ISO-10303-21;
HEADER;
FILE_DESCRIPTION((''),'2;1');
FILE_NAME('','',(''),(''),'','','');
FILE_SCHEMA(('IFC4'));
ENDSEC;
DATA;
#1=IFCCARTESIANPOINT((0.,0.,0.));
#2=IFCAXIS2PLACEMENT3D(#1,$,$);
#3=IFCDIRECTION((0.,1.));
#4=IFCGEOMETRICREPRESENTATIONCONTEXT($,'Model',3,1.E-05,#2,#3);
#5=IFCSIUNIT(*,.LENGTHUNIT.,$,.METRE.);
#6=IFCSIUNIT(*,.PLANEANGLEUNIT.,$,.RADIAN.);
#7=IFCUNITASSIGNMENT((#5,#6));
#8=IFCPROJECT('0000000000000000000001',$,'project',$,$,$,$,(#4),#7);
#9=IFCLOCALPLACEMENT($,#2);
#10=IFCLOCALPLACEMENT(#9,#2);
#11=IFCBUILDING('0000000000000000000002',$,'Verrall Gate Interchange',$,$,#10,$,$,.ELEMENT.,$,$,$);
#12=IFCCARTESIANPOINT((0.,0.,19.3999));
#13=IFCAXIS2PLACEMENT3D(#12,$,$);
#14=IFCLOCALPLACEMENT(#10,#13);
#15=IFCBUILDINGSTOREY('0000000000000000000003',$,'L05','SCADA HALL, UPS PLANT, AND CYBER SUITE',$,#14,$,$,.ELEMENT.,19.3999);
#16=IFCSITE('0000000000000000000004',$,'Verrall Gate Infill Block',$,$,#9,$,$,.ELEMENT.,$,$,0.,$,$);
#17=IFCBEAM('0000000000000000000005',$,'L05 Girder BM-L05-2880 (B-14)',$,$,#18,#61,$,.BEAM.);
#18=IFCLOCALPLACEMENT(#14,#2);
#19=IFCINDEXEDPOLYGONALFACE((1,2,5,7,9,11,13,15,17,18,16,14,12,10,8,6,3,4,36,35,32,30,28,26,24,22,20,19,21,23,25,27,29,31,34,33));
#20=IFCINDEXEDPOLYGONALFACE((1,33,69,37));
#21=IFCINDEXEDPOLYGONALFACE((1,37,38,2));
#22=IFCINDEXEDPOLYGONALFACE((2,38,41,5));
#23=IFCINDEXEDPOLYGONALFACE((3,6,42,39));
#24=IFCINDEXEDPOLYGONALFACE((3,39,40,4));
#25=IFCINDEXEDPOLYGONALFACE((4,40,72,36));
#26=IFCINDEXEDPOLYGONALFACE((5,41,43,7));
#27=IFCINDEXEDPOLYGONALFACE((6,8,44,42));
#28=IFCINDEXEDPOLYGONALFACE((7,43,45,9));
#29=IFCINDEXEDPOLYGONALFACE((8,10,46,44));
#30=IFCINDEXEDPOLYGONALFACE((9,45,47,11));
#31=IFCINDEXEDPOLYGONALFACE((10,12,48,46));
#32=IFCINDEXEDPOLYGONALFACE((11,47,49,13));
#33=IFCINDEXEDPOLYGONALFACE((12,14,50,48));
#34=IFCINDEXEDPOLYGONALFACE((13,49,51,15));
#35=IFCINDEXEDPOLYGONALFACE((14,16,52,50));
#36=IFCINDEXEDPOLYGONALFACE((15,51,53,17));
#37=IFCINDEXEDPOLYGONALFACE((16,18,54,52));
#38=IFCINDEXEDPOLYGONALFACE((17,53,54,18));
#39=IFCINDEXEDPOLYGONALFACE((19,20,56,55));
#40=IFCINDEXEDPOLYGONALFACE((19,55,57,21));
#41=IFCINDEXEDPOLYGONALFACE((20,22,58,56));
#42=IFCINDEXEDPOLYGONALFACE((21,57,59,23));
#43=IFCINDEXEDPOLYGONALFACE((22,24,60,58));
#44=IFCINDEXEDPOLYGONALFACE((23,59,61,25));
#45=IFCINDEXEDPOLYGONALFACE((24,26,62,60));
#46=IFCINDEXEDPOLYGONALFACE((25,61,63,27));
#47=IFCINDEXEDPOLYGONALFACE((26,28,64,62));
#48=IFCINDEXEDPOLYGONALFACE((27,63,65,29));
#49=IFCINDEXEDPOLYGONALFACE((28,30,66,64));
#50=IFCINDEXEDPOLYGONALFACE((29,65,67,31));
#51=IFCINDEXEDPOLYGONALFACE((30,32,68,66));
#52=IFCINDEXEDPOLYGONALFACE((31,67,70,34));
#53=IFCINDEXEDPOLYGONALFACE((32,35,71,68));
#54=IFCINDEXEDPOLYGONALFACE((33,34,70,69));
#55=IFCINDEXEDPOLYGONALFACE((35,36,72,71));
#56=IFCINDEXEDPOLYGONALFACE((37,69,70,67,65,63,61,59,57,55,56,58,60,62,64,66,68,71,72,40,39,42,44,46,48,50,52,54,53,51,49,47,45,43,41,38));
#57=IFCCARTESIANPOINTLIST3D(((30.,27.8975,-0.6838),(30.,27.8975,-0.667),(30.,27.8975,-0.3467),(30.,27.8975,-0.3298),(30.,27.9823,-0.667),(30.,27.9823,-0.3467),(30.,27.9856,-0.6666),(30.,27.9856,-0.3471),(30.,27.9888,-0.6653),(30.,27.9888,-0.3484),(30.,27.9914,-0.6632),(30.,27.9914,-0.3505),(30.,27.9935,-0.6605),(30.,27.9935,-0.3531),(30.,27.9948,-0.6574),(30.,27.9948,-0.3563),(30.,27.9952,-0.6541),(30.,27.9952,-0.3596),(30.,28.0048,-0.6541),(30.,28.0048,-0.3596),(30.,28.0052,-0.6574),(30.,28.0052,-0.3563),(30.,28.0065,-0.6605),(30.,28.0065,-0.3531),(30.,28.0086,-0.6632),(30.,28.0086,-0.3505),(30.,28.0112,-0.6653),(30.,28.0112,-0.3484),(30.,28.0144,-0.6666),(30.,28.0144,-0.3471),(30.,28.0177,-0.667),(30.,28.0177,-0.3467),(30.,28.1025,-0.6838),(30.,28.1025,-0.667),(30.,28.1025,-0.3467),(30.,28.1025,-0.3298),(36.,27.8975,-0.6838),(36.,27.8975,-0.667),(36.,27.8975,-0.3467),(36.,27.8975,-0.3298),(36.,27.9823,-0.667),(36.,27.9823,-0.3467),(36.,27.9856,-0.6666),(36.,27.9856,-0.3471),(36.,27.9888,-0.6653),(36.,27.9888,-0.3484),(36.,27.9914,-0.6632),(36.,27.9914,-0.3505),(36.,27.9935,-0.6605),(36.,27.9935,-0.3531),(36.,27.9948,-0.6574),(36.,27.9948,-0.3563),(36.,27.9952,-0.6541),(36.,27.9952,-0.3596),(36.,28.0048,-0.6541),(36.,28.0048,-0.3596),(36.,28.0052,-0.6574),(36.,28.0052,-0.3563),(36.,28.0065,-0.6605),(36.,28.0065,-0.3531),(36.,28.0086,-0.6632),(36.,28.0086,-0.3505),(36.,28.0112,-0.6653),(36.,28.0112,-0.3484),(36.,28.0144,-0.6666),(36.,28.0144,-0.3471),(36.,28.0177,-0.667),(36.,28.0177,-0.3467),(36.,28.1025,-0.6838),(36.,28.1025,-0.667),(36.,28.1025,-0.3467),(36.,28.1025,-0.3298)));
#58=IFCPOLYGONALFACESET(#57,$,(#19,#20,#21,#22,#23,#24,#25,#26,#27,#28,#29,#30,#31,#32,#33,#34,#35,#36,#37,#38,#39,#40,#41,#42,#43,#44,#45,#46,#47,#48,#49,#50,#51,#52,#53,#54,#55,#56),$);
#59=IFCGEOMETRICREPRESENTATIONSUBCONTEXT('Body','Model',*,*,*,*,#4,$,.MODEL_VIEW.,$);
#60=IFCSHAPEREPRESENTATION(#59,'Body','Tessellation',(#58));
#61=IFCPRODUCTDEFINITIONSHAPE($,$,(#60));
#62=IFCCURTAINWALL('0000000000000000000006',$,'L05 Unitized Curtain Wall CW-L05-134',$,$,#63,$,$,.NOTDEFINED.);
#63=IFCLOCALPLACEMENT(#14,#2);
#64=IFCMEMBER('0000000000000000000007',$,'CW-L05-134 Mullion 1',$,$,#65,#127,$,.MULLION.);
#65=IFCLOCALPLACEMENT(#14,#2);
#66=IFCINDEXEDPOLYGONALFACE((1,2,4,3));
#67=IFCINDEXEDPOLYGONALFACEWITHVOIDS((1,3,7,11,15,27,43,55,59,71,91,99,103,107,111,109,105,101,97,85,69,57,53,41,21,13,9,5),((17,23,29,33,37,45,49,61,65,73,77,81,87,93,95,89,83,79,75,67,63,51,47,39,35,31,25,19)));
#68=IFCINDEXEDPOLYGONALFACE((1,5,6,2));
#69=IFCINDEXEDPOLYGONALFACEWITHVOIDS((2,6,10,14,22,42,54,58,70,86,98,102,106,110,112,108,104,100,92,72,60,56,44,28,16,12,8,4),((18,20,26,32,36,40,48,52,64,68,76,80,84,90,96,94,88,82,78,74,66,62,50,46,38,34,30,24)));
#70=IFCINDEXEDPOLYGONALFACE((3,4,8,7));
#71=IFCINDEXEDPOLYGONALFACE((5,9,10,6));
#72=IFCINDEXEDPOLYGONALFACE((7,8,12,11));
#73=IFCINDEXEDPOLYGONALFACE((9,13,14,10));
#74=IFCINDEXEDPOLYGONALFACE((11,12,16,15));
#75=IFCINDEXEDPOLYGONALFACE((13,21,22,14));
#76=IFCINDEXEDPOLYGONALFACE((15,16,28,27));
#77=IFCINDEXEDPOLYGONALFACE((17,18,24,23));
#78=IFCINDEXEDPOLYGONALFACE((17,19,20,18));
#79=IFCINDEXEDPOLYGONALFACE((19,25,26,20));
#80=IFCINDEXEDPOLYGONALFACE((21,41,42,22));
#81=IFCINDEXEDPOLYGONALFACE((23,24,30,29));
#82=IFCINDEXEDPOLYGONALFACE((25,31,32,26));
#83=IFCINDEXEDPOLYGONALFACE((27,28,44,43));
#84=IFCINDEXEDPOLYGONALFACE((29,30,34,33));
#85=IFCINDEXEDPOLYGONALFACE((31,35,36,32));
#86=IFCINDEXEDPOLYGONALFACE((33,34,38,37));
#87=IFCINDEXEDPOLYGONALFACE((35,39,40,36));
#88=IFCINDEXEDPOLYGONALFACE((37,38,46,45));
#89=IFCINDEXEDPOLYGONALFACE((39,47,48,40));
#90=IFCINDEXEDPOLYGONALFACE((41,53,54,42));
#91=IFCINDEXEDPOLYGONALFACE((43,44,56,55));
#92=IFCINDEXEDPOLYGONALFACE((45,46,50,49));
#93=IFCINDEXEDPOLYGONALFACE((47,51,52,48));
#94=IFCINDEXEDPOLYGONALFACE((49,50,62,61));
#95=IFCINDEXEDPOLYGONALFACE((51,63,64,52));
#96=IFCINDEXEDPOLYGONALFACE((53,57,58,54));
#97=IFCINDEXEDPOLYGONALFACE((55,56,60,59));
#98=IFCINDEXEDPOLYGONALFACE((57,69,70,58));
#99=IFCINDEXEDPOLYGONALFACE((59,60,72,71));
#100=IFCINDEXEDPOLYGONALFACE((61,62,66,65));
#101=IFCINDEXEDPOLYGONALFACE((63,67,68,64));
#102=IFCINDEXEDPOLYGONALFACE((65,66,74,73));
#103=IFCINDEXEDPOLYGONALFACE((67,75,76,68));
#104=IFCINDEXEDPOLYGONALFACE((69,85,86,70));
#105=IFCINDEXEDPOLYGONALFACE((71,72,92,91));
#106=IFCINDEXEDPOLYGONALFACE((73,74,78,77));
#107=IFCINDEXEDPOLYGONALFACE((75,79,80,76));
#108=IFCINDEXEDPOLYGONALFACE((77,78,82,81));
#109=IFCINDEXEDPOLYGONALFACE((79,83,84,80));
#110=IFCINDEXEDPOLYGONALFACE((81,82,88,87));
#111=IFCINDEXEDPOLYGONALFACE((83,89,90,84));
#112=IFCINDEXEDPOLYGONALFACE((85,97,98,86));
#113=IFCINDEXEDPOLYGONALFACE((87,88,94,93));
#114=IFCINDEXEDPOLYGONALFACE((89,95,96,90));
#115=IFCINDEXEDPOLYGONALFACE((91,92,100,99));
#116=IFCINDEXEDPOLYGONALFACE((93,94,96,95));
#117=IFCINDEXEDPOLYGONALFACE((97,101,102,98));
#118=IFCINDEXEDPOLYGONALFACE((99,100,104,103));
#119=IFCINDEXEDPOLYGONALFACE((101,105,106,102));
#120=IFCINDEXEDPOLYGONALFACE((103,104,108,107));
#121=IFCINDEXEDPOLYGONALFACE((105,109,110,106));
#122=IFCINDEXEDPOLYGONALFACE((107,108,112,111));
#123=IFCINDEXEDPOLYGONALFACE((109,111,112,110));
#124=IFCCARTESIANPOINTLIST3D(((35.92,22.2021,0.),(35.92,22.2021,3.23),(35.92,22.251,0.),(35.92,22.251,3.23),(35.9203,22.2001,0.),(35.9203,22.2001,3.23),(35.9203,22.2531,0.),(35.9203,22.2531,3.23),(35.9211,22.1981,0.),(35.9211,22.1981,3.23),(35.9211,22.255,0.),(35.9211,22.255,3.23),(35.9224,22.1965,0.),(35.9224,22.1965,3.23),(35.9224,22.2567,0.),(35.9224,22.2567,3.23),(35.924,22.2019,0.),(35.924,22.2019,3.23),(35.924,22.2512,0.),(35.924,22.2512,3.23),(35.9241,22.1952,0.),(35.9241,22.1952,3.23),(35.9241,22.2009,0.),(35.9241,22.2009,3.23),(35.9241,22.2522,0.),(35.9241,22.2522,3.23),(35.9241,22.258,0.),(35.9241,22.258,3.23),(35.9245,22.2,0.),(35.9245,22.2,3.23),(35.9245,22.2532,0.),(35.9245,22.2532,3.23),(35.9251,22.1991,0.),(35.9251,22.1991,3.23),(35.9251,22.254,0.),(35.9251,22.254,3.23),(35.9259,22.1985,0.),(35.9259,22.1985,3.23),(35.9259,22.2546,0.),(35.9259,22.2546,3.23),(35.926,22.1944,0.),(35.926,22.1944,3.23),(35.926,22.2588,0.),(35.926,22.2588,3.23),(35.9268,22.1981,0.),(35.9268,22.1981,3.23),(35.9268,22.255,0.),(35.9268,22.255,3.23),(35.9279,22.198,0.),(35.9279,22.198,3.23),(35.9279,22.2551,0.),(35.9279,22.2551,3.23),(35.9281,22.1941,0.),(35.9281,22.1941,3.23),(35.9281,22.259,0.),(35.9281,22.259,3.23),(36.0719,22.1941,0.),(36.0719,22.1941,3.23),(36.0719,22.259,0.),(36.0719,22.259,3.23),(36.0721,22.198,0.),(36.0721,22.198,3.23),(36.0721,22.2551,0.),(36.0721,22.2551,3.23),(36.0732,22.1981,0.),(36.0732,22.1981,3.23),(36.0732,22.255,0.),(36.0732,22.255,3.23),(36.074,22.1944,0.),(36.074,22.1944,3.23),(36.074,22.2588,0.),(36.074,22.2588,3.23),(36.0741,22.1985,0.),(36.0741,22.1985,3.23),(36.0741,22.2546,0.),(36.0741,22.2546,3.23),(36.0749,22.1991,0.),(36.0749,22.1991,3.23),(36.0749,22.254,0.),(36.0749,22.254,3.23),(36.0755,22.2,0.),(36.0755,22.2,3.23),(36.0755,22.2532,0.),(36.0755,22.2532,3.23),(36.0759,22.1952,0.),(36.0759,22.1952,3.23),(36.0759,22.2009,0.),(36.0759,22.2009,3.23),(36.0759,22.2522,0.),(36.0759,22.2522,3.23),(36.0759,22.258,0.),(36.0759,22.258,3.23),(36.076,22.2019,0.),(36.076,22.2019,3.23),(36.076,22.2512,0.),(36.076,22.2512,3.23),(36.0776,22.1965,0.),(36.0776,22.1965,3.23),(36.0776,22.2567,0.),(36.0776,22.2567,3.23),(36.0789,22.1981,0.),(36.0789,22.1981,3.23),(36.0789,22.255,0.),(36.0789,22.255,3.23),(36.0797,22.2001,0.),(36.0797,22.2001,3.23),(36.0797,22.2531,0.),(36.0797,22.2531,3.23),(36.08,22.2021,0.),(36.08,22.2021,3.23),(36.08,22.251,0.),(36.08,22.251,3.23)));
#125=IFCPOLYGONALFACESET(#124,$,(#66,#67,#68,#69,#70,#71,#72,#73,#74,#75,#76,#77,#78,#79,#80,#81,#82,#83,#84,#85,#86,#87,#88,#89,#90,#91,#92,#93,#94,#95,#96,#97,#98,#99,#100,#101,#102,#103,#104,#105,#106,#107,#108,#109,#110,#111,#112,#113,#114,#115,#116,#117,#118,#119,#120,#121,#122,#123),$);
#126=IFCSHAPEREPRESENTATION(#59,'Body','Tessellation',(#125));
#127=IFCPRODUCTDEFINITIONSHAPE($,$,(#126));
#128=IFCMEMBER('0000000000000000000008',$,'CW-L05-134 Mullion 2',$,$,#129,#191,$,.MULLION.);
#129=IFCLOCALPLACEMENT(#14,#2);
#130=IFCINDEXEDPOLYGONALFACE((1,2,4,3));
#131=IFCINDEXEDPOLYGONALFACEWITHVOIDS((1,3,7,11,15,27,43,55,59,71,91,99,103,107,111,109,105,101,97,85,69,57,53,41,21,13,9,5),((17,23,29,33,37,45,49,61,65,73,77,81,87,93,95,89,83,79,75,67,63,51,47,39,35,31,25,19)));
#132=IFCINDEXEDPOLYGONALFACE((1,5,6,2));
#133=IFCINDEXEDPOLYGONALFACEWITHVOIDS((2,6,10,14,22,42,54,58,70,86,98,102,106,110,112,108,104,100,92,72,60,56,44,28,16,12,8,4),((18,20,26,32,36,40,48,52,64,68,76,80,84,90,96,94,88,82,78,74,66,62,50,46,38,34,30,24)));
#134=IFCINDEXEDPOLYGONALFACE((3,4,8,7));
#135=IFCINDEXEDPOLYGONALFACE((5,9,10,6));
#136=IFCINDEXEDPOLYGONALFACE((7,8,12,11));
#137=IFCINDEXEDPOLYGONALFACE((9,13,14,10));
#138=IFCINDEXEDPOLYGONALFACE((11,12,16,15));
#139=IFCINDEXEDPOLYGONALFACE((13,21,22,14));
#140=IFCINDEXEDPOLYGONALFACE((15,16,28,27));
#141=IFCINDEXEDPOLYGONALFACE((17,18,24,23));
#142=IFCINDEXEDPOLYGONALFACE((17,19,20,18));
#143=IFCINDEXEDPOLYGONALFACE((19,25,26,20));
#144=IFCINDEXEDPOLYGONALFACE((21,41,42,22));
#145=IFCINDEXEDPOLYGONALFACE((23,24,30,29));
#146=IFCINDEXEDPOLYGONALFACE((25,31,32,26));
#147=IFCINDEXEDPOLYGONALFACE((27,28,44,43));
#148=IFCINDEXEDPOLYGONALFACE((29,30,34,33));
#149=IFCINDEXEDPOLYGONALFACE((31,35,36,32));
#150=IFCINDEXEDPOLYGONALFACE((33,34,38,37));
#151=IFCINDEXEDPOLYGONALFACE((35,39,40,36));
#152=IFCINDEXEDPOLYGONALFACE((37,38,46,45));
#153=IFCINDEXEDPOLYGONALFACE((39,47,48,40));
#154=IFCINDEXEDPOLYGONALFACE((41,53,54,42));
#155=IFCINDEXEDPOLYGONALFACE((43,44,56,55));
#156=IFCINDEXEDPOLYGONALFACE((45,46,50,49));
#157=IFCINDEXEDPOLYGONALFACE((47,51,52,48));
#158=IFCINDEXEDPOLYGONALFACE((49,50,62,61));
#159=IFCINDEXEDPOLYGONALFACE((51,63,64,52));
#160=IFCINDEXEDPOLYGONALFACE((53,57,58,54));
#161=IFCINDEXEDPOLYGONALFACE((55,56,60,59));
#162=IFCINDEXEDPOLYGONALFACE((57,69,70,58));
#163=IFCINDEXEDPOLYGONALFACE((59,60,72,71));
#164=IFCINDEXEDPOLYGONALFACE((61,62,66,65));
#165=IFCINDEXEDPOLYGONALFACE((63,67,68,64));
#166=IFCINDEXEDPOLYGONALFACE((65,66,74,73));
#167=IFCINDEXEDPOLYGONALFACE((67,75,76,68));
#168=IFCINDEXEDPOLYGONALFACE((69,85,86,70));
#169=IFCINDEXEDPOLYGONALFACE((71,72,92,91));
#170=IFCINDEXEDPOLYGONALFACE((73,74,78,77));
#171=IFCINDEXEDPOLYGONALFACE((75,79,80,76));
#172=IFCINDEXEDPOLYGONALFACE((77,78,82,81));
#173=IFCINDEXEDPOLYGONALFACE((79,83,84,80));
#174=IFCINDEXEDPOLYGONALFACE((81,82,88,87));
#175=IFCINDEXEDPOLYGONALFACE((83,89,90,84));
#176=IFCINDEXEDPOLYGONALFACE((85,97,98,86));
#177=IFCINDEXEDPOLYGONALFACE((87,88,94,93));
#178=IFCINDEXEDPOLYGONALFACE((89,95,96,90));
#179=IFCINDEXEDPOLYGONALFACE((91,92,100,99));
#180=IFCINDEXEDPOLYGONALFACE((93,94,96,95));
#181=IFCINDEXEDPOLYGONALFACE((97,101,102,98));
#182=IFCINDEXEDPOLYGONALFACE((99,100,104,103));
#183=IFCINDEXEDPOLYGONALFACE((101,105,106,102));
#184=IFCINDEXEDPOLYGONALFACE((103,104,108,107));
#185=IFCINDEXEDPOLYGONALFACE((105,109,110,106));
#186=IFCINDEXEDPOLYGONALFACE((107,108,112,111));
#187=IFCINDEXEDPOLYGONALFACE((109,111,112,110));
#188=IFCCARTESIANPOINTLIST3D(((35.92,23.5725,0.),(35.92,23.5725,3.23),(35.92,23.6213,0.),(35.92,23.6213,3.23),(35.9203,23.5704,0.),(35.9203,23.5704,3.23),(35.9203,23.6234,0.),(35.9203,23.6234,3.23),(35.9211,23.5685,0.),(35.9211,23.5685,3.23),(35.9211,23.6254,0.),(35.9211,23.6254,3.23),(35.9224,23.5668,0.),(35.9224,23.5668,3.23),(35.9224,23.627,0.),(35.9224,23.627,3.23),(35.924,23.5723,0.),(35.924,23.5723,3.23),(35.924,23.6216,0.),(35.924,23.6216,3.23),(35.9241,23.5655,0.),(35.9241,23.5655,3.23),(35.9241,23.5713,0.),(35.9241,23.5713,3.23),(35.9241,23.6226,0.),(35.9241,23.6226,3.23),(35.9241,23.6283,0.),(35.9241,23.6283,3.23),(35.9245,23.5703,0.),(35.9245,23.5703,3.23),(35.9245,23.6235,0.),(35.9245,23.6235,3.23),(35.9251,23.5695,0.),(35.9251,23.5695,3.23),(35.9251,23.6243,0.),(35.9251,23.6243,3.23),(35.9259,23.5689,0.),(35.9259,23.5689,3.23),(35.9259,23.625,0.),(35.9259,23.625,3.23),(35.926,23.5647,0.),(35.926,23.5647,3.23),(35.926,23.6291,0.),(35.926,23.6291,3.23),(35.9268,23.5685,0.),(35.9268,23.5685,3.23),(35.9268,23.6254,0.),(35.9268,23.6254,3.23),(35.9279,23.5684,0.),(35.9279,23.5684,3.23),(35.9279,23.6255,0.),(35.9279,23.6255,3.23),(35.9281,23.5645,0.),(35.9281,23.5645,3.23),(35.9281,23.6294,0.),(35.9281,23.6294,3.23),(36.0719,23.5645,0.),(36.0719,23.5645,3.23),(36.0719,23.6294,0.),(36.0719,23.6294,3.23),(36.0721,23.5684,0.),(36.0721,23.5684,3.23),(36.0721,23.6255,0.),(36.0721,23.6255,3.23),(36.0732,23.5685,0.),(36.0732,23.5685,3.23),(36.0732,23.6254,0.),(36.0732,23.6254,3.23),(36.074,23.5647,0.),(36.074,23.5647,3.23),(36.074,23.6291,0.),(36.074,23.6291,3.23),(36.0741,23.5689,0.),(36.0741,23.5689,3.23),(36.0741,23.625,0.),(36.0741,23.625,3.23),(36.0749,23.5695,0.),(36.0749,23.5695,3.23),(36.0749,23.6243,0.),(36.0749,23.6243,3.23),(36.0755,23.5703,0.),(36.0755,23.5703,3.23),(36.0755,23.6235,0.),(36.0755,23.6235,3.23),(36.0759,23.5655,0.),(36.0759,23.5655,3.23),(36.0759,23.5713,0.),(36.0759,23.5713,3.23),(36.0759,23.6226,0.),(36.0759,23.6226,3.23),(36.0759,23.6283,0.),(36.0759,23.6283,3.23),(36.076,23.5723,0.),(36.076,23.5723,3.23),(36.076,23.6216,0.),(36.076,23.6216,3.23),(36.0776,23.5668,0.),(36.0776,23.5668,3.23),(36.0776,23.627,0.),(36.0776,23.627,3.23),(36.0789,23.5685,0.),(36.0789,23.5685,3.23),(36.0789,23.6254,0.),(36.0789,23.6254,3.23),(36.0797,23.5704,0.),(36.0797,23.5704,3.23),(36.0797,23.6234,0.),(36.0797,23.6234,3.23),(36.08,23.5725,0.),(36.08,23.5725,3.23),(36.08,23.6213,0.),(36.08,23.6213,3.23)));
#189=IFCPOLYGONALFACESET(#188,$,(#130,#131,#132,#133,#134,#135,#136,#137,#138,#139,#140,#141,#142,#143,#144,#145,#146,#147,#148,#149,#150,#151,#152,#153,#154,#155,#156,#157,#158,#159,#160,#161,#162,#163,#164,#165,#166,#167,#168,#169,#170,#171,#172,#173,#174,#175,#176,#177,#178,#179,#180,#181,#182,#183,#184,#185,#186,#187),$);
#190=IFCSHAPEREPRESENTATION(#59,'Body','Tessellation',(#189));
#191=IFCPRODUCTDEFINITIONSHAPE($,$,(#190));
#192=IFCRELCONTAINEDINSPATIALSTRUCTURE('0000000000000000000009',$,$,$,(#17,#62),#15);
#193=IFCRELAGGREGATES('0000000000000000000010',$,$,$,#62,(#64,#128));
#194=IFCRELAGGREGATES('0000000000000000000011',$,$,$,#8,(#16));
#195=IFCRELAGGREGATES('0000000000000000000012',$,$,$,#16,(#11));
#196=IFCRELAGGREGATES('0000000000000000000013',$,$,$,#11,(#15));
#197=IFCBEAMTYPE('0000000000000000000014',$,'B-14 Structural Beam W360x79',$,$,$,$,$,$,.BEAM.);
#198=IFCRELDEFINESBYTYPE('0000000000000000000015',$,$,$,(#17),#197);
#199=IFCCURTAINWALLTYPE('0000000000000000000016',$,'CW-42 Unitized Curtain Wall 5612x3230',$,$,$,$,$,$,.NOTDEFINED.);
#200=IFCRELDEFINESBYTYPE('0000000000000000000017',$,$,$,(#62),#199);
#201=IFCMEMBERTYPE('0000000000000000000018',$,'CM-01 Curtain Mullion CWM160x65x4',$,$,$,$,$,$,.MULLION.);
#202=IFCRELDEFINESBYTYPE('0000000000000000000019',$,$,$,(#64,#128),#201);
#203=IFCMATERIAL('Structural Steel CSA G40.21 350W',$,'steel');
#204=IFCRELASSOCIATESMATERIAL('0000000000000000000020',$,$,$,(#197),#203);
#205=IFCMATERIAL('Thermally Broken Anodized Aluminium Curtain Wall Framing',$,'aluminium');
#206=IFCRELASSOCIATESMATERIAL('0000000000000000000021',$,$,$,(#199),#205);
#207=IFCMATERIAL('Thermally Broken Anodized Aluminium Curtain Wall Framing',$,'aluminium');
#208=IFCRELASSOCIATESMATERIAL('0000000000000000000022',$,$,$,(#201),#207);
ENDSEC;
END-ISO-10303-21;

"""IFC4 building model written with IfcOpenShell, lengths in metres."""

from ifc_helpers import new_model, si_unit, direction, frame, origin, origin_2d, place, context, subcontext, project, spatial, hollow_rectangle, i_section, extrude, material, material_profile, profile_set, type_object, element, aggregate, save


model = new_model("IFC4")

# Units and contexts
model_context = context("Model", 3, precision=1e-05, world=origin(), true_north=direction((0.0, 1.0)))
body_context = subcontext(model_context, "Body", "Model", "MODEL_VIEW")
ifc_project = project(units=[si_unit("LENGTHUNIT", "METRE"), si_unit("PLANEANGLEUNIT", "RADIAN")], contexts=[model_context])

# Site, building, storey
site_placement = place(None, origin())
site = spatial("IfcSite", under=ifc_project, at=site_placement, Name="Verrall Gate Infill Block", CompositionType="ELEMENT", RefElevation=0.0)
building_placement = place(site_placement, origin())
building = spatial("IfcBuilding", under=site, at=building_placement, Name="Verrall Gate Interchange", CompositionType="ELEMENT")
storey_placement = place(building_placement, frame((0.0, 0.0, 19.3999)))
storey = spatial("IfcBuildingStorey", under=building, at=storey_placement, Name="L05", Description="SCADA HALL, UPS PLANT, AND CYBER SUITE", CompositionType="ELEMENT", Elevation=19.3999)

# Beam
ifc_material_1 = material(Name="Structural Steel CSA G40.21 350W", Category="steel")
ifc_material_profile_1 = material_profile(ifc_material_1, i_section(OverallWidth=0.2051, OverallDepth=0.354, WebThickness=0.0095, FlangeThickness=0.0168, FilletRadius=0.0129, at=origin_2d()), Name="W360x79")
ifc_profile_set_1 = profile_set([ifc_material_profile_1], Name="Structural Steel CSA G40.21 350W")
beam_type_1 = type_object("IfcBeamType", Name="B-14 Structural Beam W360x79", PredefinedType="BEAM", material=ifc_profile_set_1)
beam_1_placement = place(storey_placement, frame((30.0, 28.0, -0.5068), z_axis=(1.0, 0.0, 0.0), x_axis=(0.0, 1.0, 0.0)))
element("IfcBeam", 1, at=beam_1_placement, inside=storey, type_object=beam_type_1, Name="L05 Girder BM-L05-2880 (B-14)", PredefinedType="BEAM", context=body_context, shape_type="SweptSolid", body=[
    extrude(i_section(OverallWidth=0.2051, OverallDepth=0.354, WebThickness=0.0095, FlangeThickness=0.0168, FilletRadius=0.0129, at=origin_2d()), origin(), (0.0, 0.0, 1.0), 6.0),
])

# Curtain wall, members
ifc_material_2 = material(Name="Thermally Broken Anodized Aluminium Curtain Wall Framing", Category="aluminium")
curtain_wall_type = type_object("IfcCurtainWallType", Name="CW-42 Unitized Curtain Wall 5612x3230", PredefinedType="NOTDEFINED", material=ifc_material_2)
curtain_wall_placement = place(storey_placement, origin())
curtain_wall = element("IfcCurtainWall", 2, at=curtain_wall_placement, inside=storey, type_object=curtain_wall_type, Name="L05 Unitized Curtain Wall CW-L05-134", PredefinedType="NOTDEFINED")
ifc_material_3 = material(Name="Thermally Broken Anodized Aluminium Curtain Wall Framing", Category="aluminium")
ifc_material_profile_2 = material_profile(ifc_material_3, hollow_rectangle(XDim=0.0649, YDim=0.1599, WallThickness=0.0039, InnerFilletRadius=0.0039, OuterFilletRadius=0.0081, at=origin_2d()), Name="CWM160x65x4")
ifc_profile_set_2 = profile_set([ifc_material_profile_2], Name="Thermally Broken Anodized Aluminium Curtain Wall Framing")
member_type_1 = type_object("IfcMemberType", Name="CM-01 Curtain Mullion CWM160x65x4", PredefinedType="MULLION", material=ifc_profile_set_2)
member_1_placement = place(storey_placement, frame((36.0, 22.2266, 0.0), z_axis=(0.0, 0.0, 1.0), x_axis=(0.0, 1.0, 0.0)))
member_1 = element("IfcMember", 3, at=member_1_placement, type_object=member_type_1, Name="CW-L05-134 Mullion 1", PredefinedType="MULLION", context=body_context, shape_type="SweptSolid", body=[
    extrude(hollow_rectangle(XDim=0.0649, YDim=0.1599, WallThickness=0.0039, InnerFilletRadius=0.0039, OuterFilletRadius=0.0081, at=origin_2d()), origin(), (0.0, 0.0, 1.0), 3.23),
])
member_2_placement = place(storey_placement, frame((36.0, 23.5969, 0.0), z_axis=(0.0, 0.0, 1.0), x_axis=(0.0, 1.0, 0.0)))
member_2 = element("IfcMember", 4, at=member_2_placement, type_object=member_type_1, Name="CW-L05-134 Mullion 2", PredefinedType="MULLION", context=body_context, shape_type="SweptSolid", body=[
    extrude(hollow_rectangle(XDim=0.0649, YDim=0.1599, WallThickness=0.0039, InnerFilletRadius=0.0039, OuterFilletRadius=0.0081, at=origin_2d()), origin(), (0.0, 0.0, 1.0), 3.23),
])

aggregate(curtain_wall, [member_1, member_2])

save(model, "model.ifc")
